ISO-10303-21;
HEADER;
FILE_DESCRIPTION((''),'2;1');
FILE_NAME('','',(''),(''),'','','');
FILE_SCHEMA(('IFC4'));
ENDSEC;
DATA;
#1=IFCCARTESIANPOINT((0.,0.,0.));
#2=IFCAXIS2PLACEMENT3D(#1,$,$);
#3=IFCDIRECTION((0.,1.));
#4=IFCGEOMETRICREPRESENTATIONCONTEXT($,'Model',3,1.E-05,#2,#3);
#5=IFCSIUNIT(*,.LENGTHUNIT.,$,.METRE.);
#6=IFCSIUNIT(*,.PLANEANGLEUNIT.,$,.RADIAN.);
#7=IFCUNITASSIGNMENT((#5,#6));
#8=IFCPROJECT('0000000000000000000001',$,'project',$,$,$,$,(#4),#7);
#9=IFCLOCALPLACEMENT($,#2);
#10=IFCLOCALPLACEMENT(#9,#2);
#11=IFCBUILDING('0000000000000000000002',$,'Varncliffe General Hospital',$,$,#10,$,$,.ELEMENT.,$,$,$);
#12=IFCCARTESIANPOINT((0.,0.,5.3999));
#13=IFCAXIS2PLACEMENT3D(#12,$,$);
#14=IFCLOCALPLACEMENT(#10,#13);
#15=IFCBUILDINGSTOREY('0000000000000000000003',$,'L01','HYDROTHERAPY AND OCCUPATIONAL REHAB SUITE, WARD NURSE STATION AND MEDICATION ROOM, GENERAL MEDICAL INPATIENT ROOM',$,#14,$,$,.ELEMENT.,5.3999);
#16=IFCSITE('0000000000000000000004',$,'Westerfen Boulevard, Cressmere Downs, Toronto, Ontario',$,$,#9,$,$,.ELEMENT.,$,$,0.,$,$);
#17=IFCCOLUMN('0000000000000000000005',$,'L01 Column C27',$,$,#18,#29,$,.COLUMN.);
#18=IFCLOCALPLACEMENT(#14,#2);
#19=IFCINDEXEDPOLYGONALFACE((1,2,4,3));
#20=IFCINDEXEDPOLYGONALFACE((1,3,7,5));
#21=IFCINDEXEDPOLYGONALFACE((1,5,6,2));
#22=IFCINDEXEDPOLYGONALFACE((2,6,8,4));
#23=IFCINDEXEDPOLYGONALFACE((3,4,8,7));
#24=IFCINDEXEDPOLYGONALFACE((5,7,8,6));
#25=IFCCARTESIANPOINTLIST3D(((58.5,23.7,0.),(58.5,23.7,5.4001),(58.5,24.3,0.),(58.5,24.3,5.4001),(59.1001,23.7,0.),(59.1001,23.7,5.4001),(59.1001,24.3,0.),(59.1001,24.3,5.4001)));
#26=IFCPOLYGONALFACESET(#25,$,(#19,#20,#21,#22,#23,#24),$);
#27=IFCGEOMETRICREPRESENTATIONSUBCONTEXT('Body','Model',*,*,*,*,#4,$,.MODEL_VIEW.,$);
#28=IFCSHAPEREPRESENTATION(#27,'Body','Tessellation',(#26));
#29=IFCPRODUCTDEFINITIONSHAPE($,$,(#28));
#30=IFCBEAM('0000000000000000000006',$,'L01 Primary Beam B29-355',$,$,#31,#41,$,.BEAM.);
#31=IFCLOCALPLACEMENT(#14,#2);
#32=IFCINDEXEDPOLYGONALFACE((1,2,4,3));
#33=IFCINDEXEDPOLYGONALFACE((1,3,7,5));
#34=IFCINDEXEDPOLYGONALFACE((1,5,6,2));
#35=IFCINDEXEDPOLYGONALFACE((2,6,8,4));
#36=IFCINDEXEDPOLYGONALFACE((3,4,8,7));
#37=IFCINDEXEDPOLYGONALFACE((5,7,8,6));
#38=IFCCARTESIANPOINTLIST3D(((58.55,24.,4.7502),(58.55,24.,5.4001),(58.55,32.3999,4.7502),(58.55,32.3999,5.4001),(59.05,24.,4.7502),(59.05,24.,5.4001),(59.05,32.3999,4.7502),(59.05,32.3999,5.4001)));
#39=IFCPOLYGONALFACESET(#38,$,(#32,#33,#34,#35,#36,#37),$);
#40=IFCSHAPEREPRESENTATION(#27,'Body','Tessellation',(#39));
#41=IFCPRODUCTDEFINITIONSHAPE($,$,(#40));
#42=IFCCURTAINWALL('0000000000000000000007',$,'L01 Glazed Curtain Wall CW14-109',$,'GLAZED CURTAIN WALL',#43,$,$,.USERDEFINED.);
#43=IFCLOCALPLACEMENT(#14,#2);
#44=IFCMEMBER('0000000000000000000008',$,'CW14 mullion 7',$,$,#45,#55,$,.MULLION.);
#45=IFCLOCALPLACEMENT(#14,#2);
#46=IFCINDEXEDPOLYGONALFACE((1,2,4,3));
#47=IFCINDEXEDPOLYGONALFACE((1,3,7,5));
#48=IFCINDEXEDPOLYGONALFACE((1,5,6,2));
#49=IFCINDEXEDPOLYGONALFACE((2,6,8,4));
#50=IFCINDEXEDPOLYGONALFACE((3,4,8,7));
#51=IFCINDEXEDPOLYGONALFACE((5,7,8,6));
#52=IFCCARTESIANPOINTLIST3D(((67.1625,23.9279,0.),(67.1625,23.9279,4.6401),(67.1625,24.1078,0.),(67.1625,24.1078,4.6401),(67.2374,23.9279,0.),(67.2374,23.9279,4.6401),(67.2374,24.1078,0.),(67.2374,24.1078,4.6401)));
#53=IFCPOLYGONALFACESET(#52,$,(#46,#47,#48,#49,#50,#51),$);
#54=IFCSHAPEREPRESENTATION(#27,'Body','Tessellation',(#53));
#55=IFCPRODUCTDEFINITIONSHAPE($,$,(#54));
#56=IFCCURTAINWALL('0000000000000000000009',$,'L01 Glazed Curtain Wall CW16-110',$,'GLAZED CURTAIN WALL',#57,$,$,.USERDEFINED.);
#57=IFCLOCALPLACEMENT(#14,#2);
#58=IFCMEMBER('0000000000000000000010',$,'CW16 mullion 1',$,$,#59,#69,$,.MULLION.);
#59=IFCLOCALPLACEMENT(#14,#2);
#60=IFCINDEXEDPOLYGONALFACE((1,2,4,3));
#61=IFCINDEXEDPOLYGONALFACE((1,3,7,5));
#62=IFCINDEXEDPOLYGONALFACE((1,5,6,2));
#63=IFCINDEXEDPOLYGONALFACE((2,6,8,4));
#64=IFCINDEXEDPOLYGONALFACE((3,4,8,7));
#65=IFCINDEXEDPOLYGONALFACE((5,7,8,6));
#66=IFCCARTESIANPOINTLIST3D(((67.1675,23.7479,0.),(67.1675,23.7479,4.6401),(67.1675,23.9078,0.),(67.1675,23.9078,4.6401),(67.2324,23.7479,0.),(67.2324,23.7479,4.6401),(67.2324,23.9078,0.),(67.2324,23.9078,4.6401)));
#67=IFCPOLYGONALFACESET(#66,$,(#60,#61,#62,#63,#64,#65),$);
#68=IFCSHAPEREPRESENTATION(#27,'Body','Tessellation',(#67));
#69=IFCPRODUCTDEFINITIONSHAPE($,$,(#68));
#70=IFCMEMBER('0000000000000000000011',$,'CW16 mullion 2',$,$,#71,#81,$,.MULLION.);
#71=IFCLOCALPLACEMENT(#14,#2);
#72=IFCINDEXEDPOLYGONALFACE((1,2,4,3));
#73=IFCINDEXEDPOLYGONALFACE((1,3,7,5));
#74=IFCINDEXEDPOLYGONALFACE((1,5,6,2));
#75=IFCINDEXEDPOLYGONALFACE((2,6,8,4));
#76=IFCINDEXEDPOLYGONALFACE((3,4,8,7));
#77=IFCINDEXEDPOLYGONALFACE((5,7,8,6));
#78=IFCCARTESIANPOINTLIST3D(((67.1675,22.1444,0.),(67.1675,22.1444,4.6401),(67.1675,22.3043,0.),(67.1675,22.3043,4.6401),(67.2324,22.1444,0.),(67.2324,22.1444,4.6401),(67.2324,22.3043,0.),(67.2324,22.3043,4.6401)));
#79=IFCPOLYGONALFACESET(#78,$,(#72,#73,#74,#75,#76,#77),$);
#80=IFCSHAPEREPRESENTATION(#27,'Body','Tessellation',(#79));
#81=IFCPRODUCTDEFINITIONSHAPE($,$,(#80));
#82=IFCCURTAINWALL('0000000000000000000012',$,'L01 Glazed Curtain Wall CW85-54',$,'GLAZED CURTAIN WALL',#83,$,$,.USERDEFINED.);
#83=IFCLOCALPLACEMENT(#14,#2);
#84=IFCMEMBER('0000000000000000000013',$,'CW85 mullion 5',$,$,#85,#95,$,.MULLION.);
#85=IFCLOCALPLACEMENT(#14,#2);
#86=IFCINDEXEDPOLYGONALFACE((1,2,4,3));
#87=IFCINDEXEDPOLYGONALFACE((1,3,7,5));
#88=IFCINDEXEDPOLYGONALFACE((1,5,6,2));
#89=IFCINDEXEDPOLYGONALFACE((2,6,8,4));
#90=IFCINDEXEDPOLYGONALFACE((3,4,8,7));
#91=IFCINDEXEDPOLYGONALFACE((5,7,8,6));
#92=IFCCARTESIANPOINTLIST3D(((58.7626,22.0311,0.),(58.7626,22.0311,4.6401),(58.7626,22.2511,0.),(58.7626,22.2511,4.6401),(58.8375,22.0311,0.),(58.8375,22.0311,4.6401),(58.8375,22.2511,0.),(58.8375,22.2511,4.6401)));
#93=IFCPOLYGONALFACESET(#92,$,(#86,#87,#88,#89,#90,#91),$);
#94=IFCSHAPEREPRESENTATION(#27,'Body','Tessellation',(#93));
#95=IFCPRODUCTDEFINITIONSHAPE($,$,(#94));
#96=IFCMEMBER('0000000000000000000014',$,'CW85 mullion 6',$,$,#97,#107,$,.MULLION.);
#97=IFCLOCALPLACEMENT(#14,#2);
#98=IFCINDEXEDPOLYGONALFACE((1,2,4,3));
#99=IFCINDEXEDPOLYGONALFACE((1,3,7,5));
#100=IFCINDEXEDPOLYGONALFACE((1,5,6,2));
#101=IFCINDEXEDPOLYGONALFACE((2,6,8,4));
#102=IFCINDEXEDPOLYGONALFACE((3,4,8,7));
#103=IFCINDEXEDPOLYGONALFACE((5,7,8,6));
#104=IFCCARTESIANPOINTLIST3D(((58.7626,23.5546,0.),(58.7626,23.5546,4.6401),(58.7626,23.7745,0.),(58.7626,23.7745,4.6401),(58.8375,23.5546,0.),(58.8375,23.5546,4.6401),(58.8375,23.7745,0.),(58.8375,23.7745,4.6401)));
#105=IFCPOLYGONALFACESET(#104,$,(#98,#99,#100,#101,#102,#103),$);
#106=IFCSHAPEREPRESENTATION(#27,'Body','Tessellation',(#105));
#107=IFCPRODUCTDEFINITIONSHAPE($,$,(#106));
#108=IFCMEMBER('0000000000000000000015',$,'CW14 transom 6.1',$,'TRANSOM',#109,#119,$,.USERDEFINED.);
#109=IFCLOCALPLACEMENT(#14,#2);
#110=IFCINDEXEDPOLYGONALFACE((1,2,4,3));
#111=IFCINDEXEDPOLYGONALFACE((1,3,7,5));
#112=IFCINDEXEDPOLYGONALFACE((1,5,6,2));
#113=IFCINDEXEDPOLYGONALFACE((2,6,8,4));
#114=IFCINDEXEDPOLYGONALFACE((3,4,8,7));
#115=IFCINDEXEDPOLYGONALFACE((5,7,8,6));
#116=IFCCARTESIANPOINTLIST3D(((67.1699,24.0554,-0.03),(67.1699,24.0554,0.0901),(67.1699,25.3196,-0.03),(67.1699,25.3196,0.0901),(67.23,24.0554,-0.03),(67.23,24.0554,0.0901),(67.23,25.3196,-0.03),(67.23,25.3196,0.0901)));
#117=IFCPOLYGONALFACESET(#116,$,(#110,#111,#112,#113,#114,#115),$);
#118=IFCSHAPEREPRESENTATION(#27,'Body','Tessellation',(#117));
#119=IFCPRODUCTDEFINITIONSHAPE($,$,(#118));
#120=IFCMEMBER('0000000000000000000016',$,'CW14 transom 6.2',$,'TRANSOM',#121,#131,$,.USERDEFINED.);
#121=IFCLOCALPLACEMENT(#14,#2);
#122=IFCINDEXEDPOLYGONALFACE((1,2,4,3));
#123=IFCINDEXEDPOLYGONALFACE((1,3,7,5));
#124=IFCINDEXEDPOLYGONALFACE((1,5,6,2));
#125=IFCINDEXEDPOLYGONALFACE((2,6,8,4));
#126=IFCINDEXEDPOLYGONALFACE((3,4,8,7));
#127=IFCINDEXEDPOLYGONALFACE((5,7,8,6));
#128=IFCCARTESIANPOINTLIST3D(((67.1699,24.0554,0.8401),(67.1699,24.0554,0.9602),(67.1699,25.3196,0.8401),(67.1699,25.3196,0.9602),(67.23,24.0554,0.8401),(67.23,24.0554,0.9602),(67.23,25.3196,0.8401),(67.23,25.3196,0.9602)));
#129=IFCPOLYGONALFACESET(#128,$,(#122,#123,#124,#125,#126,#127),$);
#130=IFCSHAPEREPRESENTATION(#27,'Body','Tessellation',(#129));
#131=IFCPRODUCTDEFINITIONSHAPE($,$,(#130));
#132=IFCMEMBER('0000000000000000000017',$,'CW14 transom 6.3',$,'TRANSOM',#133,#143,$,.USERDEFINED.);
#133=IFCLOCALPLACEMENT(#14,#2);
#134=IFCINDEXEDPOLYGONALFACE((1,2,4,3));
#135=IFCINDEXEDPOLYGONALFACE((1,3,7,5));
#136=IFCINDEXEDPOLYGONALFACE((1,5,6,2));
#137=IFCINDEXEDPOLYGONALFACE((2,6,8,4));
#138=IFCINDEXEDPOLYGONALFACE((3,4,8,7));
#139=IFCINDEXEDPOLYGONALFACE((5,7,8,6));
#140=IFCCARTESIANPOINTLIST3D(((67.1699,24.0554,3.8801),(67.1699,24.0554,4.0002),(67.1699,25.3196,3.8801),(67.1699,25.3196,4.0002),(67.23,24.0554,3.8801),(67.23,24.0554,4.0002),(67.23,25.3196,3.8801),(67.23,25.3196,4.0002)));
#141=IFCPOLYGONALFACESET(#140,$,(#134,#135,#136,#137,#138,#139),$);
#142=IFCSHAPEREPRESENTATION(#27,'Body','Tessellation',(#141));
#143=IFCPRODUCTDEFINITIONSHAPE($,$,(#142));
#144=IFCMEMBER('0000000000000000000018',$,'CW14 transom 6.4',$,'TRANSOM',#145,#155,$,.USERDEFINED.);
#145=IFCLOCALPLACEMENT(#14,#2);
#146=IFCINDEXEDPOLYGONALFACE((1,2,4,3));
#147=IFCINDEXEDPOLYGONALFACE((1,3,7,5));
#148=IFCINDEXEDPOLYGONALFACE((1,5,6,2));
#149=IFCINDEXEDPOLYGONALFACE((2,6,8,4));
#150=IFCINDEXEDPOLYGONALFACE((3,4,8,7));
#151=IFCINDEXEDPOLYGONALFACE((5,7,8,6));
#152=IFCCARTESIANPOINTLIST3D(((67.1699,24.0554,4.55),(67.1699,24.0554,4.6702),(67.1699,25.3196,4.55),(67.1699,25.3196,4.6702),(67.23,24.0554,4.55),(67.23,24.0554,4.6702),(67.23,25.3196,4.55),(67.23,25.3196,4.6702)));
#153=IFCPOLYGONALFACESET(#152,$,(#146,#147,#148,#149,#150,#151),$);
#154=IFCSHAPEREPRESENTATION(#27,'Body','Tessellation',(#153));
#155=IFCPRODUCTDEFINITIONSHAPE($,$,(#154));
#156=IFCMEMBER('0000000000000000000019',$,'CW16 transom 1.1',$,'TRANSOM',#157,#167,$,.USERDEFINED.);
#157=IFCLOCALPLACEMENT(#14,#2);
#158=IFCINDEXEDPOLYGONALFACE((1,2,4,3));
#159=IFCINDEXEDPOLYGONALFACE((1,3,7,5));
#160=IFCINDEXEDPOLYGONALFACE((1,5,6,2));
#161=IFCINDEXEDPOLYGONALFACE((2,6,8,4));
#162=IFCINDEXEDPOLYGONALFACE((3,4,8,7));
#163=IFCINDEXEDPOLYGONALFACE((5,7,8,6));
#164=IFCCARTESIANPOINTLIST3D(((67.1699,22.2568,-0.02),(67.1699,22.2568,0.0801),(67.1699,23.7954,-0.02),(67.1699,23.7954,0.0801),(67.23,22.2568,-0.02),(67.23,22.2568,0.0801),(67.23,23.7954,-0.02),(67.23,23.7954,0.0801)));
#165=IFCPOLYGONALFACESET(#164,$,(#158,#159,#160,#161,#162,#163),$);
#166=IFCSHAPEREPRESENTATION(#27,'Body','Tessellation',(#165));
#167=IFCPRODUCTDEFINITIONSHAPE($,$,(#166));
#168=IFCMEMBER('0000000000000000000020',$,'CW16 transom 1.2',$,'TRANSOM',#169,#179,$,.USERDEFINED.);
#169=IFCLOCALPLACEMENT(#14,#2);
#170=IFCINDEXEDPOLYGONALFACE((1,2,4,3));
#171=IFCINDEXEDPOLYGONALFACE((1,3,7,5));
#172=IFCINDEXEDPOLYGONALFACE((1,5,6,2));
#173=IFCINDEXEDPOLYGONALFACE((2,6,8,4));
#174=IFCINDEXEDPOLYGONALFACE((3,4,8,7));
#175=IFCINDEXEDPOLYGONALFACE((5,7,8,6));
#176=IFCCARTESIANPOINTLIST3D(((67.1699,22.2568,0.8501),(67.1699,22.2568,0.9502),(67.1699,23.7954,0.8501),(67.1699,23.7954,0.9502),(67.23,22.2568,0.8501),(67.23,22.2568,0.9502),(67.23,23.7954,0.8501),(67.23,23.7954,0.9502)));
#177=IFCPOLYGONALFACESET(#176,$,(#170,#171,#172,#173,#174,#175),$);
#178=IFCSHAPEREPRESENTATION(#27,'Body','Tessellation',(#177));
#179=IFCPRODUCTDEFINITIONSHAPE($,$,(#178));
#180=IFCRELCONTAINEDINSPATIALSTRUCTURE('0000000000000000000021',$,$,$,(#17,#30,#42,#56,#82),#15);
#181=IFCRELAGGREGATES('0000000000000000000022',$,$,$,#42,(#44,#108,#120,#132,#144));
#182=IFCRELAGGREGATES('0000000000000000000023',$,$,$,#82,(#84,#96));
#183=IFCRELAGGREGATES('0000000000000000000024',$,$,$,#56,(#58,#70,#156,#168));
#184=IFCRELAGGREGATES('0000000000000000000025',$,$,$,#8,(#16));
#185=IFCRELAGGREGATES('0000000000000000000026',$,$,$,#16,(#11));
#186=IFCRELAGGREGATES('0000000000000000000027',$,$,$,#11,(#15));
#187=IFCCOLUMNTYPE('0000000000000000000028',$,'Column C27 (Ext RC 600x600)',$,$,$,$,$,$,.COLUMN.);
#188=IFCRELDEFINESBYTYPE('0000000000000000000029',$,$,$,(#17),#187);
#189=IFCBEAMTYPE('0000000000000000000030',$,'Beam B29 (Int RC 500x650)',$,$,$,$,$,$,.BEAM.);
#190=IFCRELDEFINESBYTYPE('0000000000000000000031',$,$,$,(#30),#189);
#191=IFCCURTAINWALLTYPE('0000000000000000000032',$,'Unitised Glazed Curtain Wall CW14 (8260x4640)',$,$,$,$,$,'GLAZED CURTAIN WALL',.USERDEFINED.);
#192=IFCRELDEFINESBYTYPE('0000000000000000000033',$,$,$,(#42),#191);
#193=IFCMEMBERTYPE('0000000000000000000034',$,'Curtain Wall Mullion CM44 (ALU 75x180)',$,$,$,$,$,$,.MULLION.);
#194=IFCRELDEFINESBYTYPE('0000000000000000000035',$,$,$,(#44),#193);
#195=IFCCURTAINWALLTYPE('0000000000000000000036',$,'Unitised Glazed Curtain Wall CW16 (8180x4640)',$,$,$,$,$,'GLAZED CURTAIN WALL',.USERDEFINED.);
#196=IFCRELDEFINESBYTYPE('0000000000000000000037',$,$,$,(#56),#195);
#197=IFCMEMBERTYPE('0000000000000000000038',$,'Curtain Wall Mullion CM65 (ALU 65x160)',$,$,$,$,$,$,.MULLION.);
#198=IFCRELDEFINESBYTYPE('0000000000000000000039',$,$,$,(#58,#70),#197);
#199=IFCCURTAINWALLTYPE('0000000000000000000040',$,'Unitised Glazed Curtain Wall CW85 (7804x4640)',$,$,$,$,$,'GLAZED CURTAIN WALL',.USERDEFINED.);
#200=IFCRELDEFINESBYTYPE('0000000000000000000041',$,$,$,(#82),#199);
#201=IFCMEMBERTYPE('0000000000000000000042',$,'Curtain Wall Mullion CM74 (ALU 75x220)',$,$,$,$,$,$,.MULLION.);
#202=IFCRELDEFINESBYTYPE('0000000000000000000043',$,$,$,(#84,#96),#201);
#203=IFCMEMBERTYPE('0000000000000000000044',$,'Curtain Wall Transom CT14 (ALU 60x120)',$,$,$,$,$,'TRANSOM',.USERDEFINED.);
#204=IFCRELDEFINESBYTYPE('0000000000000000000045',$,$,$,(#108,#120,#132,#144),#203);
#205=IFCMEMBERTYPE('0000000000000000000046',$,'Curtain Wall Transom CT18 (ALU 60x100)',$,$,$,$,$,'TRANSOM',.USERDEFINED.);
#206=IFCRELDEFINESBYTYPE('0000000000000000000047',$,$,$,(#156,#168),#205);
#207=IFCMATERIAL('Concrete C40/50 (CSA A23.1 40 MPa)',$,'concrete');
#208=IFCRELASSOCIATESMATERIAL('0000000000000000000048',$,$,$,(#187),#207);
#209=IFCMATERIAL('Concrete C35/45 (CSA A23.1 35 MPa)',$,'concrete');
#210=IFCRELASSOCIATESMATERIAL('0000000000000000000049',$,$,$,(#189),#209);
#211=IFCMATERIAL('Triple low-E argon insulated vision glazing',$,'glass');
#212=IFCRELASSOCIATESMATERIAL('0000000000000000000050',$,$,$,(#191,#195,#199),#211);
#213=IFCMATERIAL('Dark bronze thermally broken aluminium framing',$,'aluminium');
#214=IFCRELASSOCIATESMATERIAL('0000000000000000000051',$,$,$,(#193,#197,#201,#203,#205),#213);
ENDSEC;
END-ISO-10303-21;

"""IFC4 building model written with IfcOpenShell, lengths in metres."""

from ifc_helpers import new_model, si_unit, direction, frame, origin, origin_2d, place, context, subcontext, project, spatial, rectangle, extrude, material, material_profile, profile_set, type_object, element, aggregate, save


model = new_model("IFC4")

# Units and contexts
model_context = context("Model", 3, precision=1e-05, world=origin(), true_north=direction((0.0, 1.0)))
body_context = subcontext(model_context, "Body", "Model", "MODEL_VIEW")
ifc_project = project(units=[si_unit("LENGTHUNIT", "METRE"), si_unit("PLANEANGLEUNIT", "RADIAN")], contexts=[model_context])

# Site, building, storey
site_placement = place(None, origin())
site = spatial("IfcSite", under=ifc_project, at=site_placement, Name="Westerfen Boulevard, Cressmere Downs, Toronto, Ontario", CompositionType="ELEMENT", RefElevation=0.0)
building_placement = place(site_placement, origin())
building = spatial("IfcBuilding", under=site, at=building_placement, Name="Varncliffe General Hospital", CompositionType="ELEMENT")
storey_placement = place(building_placement, frame((0.0, 0.0, 5.3999)))
storey = spatial("IfcBuildingStorey", under=building, at=storey_placement, Name="L01", Description="HYDROTHERAPY AND OCCUPATIONAL REHAB SUITE, WARD NURSE STATION AND MEDICATION ROOM, GENERAL MEDICAL INPATIENT ROOM", CompositionType="ELEMENT", Elevation=5.3999)

# Column
ifc_material_1 = material(Name="Concrete C40/50 (CSA A23.1 40 MPa)", Category="concrete")
ifc_material_profile_1 = material_profile(ifc_material_1, rectangle(XDim=0.6001, YDim=0.6001, at=origin_2d()), Name="RC 600x600")
ifc_profile_set_1 = profile_set([ifc_material_profile_1], Name="Concrete C40/50 (CSA A23.1 40 MPa)")
column_type = type_object("IfcColumnType", Name="Column C27 (Ext RC 600x600)", PredefinedType="COLUMN", material=ifc_profile_set_1)
column_placement = place(storey_placement, frame((58.8, 24.0, 0.0), z_axis=(0.0, 0.0, 1.0), x_axis=(1.0, 0.0, 0.0)))
element("IfcColumn", 1, at=column_placement, inside=storey, type_object=column_type, Name="L01 Column C27", PredefinedType="COLUMN", context=body_context, shape_type="SweptSolid", body=[
    extrude(rectangle(XDim=0.6001, YDim=0.6001, at=origin_2d()), origin(), (0.0, 0.0, 1.0), 5.4001),
])

# Beam
ifc_material_2 = material(Name="Concrete C35/45 (CSA A23.1 35 MPa)", Category="concrete")
ifc_material_profile_2 = material_profile(ifc_material_2, rectangle(XDim=0.5, YDim=0.6499, at=origin_2d()), Name="RC 500x650")
ifc_profile_set_2 = profile_set([ifc_material_profile_2], Name="Concrete C35/45 (CSA A23.1 35 MPa)")
beam_type = type_object("IfcBeamType", Name="Beam B29 (Int RC 500x650)", PredefinedType="BEAM", material=ifc_profile_set_2)
beam_placement = place(storey_placement, frame((58.8, 24.0, 5.0752), z_axis=(0.0, 1.0, 0.0), x_axis=(-1.0, 0.0, 0.0)))
element("IfcBeam", 2, at=beam_placement, inside=storey, type_object=beam_type, Name="L01 Primary Beam B29-355", PredefinedType="BEAM", context=body_context, shape_type="SweptSolid", body=[
    extrude(rectangle(XDim=0.5, YDim=0.6499, at=origin_2d()), origin(), (0.0, 0.0, 1.0), 8.3999),
])

# Curtain wall, member
ifc_material_3 = material(Name="Triple low-E argon insulated vision glazing", Category="glass")
curtain_wall_type_1 = type_object("IfcCurtainWallType", Name="Unitised Glazed Curtain Wall CW14 (8260x4640)", ElementType="GLAZED CURTAIN WALL", PredefinedType="USERDEFINED", material=ifc_material_3)
curtain_wall_1_placement = place(storey_placement, origin())
curtain_wall_1 = element("IfcCurtainWall", 3, at=curtain_wall_1_placement, inside=storey, type_object=curtain_wall_type_1, Name="L01 Glazed Curtain Wall CW14-109", ObjectType="GLAZED CURTAIN WALL", PredefinedType="USERDEFINED")
ifc_material_4 = material(Name="Dark bronze thermally broken aluminium framing", Category="aluminium")
ifc_material_profile_3 = material_profile(ifc_material_4, rectangle(XDim=0.075, YDim=0.1799, at=origin_2d()), Name="ALU 75x180")
ifc_profile_set_3 = profile_set([ifc_material_profile_3], Name="Dark bronze thermally broken aluminium framing")
member_type_1 = type_object("IfcMemberType", Name="Curtain Wall Mullion CM44 (ALU 75x180)", PredefinedType="MULLION", material=ifc_profile_set_3)
member_1_placement = place(storey_placement, frame((67.2, 24.0178, 0.0), z_axis=(0.0, 0.0, 1.0), x_axis=(1.0, 0.0, 0.0)))
member_1 = element("IfcMember", 4, at=member_1_placement, type_object=member_type_1, Name="CW14 mullion 7", PredefinedType="MULLION", context=body_context, shape_type="SweptSolid", body=[
    extrude(rectangle(XDim=0.075, YDim=0.1799, at=origin_2d()), origin(), (0.0, 0.0, 1.0), 4.6401),
])

# Curtain walls, members
curtain_wall_type_2 = type_object("IfcCurtainWallType", Name="Unitised Glazed Curtain Wall CW16 (8180x4640)", ElementType="GLAZED CURTAIN WALL", PredefinedType="USERDEFINED", material=ifc_material_3)
curtain_wall_2_placement = place(storey_placement, origin())
curtain_wall_2 = element("IfcCurtainWall", 5, at=curtain_wall_2_placement, inside=storey, type_object=curtain_wall_type_2, Name="L01 Glazed Curtain Wall CW16-110", ObjectType="GLAZED CURTAIN WALL", PredefinedType="USERDEFINED")
ifc_material_profile_4 = material_profile(ifc_material_4, rectangle(XDim=0.0649, YDim=0.1599, at=origin_2d()), Name="ALU 65x160")
ifc_profile_set_4 = profile_set([ifc_material_profile_4], Name="Dark bronze thermally broken aluminium framing")
member_type_2 = type_object("IfcMemberType", Name="Curtain Wall Mullion CM65 (ALU 65x160)", PredefinedType="MULLION", material=ifc_profile_set_4)
member_2_placement = place(storey_placement, frame((67.2, 23.8279, 0.0), z_axis=(0.0, 0.0, 1.0), x_axis=(1.0, 0.0, 0.0)))
member_2 = element("IfcMember", 6, at=member_2_placement, type_object=member_type_2, Name="CW16 mullion 1", PredefinedType="MULLION", context=body_context, shape_type="SweptSolid", body=[
    extrude(rectangle(XDim=0.0649, YDim=0.1599, at=origin_2d()), origin(), (0.0, 0.0, 1.0), 4.6401),
])
member_3_placement = place(storey_placement, frame((67.2, 22.2244, 0.0), z_axis=(0.0, 0.0, 1.0), x_axis=(1.0, 0.0, 0.0)))
member_3 = element("IfcMember", 7, at=member_3_placement, type_object=member_type_2, Name="CW16 mullion 2", PredefinedType="MULLION", context=body_context, shape_type="SweptSolid", body=[
    extrude(rectangle(XDim=0.0649, YDim=0.1599, at=origin_2d()), origin(), (0.0, 0.0, 1.0), 4.6401),
])
curtain_wall_type_3 = type_object("IfcCurtainWallType", Name="Unitised Glazed Curtain Wall CW85 (7804x4640)", ElementType="GLAZED CURTAIN WALL", PredefinedType="USERDEFINED", material=ifc_material_3)
curtain_wall_3_placement = place(storey_placement, origin())
curtain_wall_3 = element("IfcCurtainWall", 8, at=curtain_wall_3_placement, inside=storey, type_object=curtain_wall_type_3, Name="L01 Glazed Curtain Wall CW85-54", ObjectType="GLAZED CURTAIN WALL", PredefinedType="USERDEFINED")
ifc_material_profile_5 = material_profile(ifc_material_4, rectangle(XDim=0.075, YDim=0.22, at=origin_2d()), Name="ALU 75x220")
ifc_profile_set_5 = profile_set([ifc_material_profile_5], Name="Dark bronze thermally broken aluminium framing")
member_type_3 = type_object("IfcMemberType", Name="Curtain Wall Mullion CM74 (ALU 75x220)", PredefinedType="MULLION", material=ifc_profile_set_5)
member_4_placement = place(storey_placement, frame((58.8, 22.1411, 0.0), z_axis=(0.0, 0.0, 1.0), x_axis=(-1.0, 0.0, 0.0)))
member_4 = element("IfcMember", 9, at=member_4_placement, type_object=member_type_3, Name="CW85 mullion 5", PredefinedType="MULLION", context=body_context, shape_type="SweptSolid", body=[
    extrude(rectangle(XDim=0.075, YDim=0.22, at=origin_2d()), origin(), (0.0, 0.0, 1.0), 4.6401),
])
member_5_placement = place(storey_placement, frame((58.8, 23.6646, 0.0), z_axis=(0.0, 0.0, 1.0), x_axis=(-1.0, 0.0, 0.0)))
member_5 = element("IfcMember", 10, at=member_5_placement, type_object=member_type_3, Name="CW85 mullion 6", PredefinedType="MULLION", context=body_context, shape_type="SweptSolid", body=[
    extrude(rectangle(XDim=0.075, YDim=0.22, at=origin_2d()), origin(), (0.0, 0.0, 1.0), 4.6401),
])

# Members
ifc_material_profile_6 = material_profile(ifc_material_4, rectangle(XDim=0.0601, YDim=0.1201, at=origin_2d()), Name="ALU 60x120")
ifc_profile_set_6 = profile_set([ifc_material_profile_6], Name="Dark bronze thermally broken aluminium framing")
member_type_4 = type_object("IfcMemberType", Name="Curtain Wall Transom CT14 (ALU 60x120)", ElementType="TRANSOM", PredefinedType="USERDEFINED", material=ifc_profile_set_6)
member_6_placement = place(storey_placement, frame((67.2, 25.3196, 0.03), z_axis=(0.0, -1.0, 0.0), x_axis=(1.0, 0.0, 0.0)))
member_6 = element("IfcMember", 11, at=member_6_placement, type_object=member_type_4, Name="CW14 transom 6.1", ObjectType="TRANSOM", PredefinedType="USERDEFINED", context=body_context, shape_type="SweptSolid", body=[
    extrude(rectangle(XDim=0.0601, YDim=0.1201, at=origin_2d()), origin(), (0.0, 0.0, 1.0), 1.2642),
])
member_7_placement = place(storey_placement, frame((67.2, 25.3196, 0.9001), z_axis=(0.0, -1.0, 0.0), x_axis=(1.0, 0.0, 0.0)))
member_7 = element("IfcMember", 12, at=member_7_placement, type_object=member_type_4, Name="CW14 transom 6.2", ObjectType="TRANSOM", PredefinedType="USERDEFINED", context=body_context, shape_type="SweptSolid", body=[
    extrude(rectangle(XDim=0.0601, YDim=0.1201, at=origin_2d()), origin(), (0.0, 0.0, 1.0), 1.2642),
])
member_8_placement = place(storey_placement, frame((67.2, 25.3196, 3.9402), z_axis=(0.0, -1.0, 0.0), x_axis=(1.0, 0.0, 0.0)))
member_8 = element("IfcMember", 13, at=member_8_placement, type_object=member_type_4, Name="CW14 transom 6.3", ObjectType="TRANSOM", PredefinedType="USERDEFINED", context=body_context, shape_type="SweptSolid", body=[
    extrude(rectangle(XDim=0.0601, YDim=0.1201, at=origin_2d()), origin(), (0.0, 0.0, 1.0), 1.2642),
])
member_9_placement = place(storey_placement, frame((67.2, 25.3196, 4.6101), z_axis=(0.0, -1.0, 0.0), x_axis=(1.0, 0.0, 0.0)))
member_9 = element("IfcMember", 14, at=member_9_placement, type_object=member_type_4, Name="CW14 transom 6.4", ObjectType="TRANSOM", PredefinedType="USERDEFINED", context=body_context, shape_type="SweptSolid", body=[
    extrude(rectangle(XDim=0.0601, YDim=0.1201, at=origin_2d()), origin(), (0.0, 0.0, 1.0), 1.2642),
])
ifc_material_profile_7 = material_profile(ifc_material_4, rectangle(XDim=0.0601, YDim=0.1001, at=origin_2d()), Name="ALU 60x100")
ifc_profile_set_7 = profile_set([ifc_material_profile_7], Name="Dark bronze thermally broken aluminium framing")
member_type_5 = type_object("IfcMemberType", Name="Curtain Wall Transom CT18 (ALU 60x100)", ElementType="TRANSOM", PredefinedType="USERDEFINED", material=ifc_profile_set_7)
member_10_placement = place(storey_placement, frame((67.2, 23.7954, 0.03), z_axis=(0.0, -1.0, 0.0), x_axis=(1.0, 0.0, 0.0)))
member_10 = element("IfcMember", 15, at=member_10_placement, type_object=member_type_5, Name="CW16 transom 1.1", ObjectType="TRANSOM", PredefinedType="USERDEFINED", context=body_context, shape_type="SweptSolid", body=[
    extrude(rectangle(XDim=0.0601, YDim=0.1001, at=origin_2d()), origin(), (0.0, 0.0, 1.0), 1.5386),
])
member_11_placement = place(storey_placement, frame((67.2, 23.7954, 0.9001), z_axis=(0.0, -1.0, 0.0), x_axis=(1.0, 0.0, 0.0)))
member_11 = element("IfcMember", 16, at=member_11_placement, type_object=member_type_5, Name="CW16 transom 1.2", ObjectType="TRANSOM", PredefinedType="USERDEFINED", context=body_context, shape_type="SweptSolid", body=[
    extrude(rectangle(XDim=0.0601, YDim=0.1001, at=origin_2d()), origin(), (0.0, 0.0, 1.0), 1.5386),
])

aggregate(curtain_wall_1, [member_1, member_6, member_7, member_8, member_9])
aggregate(curtain_wall_3, [member_4, member_5])
aggregate(curtain_wall_2, [member_2, member_3, member_10, member_11])

save(model, "model.ifc")
